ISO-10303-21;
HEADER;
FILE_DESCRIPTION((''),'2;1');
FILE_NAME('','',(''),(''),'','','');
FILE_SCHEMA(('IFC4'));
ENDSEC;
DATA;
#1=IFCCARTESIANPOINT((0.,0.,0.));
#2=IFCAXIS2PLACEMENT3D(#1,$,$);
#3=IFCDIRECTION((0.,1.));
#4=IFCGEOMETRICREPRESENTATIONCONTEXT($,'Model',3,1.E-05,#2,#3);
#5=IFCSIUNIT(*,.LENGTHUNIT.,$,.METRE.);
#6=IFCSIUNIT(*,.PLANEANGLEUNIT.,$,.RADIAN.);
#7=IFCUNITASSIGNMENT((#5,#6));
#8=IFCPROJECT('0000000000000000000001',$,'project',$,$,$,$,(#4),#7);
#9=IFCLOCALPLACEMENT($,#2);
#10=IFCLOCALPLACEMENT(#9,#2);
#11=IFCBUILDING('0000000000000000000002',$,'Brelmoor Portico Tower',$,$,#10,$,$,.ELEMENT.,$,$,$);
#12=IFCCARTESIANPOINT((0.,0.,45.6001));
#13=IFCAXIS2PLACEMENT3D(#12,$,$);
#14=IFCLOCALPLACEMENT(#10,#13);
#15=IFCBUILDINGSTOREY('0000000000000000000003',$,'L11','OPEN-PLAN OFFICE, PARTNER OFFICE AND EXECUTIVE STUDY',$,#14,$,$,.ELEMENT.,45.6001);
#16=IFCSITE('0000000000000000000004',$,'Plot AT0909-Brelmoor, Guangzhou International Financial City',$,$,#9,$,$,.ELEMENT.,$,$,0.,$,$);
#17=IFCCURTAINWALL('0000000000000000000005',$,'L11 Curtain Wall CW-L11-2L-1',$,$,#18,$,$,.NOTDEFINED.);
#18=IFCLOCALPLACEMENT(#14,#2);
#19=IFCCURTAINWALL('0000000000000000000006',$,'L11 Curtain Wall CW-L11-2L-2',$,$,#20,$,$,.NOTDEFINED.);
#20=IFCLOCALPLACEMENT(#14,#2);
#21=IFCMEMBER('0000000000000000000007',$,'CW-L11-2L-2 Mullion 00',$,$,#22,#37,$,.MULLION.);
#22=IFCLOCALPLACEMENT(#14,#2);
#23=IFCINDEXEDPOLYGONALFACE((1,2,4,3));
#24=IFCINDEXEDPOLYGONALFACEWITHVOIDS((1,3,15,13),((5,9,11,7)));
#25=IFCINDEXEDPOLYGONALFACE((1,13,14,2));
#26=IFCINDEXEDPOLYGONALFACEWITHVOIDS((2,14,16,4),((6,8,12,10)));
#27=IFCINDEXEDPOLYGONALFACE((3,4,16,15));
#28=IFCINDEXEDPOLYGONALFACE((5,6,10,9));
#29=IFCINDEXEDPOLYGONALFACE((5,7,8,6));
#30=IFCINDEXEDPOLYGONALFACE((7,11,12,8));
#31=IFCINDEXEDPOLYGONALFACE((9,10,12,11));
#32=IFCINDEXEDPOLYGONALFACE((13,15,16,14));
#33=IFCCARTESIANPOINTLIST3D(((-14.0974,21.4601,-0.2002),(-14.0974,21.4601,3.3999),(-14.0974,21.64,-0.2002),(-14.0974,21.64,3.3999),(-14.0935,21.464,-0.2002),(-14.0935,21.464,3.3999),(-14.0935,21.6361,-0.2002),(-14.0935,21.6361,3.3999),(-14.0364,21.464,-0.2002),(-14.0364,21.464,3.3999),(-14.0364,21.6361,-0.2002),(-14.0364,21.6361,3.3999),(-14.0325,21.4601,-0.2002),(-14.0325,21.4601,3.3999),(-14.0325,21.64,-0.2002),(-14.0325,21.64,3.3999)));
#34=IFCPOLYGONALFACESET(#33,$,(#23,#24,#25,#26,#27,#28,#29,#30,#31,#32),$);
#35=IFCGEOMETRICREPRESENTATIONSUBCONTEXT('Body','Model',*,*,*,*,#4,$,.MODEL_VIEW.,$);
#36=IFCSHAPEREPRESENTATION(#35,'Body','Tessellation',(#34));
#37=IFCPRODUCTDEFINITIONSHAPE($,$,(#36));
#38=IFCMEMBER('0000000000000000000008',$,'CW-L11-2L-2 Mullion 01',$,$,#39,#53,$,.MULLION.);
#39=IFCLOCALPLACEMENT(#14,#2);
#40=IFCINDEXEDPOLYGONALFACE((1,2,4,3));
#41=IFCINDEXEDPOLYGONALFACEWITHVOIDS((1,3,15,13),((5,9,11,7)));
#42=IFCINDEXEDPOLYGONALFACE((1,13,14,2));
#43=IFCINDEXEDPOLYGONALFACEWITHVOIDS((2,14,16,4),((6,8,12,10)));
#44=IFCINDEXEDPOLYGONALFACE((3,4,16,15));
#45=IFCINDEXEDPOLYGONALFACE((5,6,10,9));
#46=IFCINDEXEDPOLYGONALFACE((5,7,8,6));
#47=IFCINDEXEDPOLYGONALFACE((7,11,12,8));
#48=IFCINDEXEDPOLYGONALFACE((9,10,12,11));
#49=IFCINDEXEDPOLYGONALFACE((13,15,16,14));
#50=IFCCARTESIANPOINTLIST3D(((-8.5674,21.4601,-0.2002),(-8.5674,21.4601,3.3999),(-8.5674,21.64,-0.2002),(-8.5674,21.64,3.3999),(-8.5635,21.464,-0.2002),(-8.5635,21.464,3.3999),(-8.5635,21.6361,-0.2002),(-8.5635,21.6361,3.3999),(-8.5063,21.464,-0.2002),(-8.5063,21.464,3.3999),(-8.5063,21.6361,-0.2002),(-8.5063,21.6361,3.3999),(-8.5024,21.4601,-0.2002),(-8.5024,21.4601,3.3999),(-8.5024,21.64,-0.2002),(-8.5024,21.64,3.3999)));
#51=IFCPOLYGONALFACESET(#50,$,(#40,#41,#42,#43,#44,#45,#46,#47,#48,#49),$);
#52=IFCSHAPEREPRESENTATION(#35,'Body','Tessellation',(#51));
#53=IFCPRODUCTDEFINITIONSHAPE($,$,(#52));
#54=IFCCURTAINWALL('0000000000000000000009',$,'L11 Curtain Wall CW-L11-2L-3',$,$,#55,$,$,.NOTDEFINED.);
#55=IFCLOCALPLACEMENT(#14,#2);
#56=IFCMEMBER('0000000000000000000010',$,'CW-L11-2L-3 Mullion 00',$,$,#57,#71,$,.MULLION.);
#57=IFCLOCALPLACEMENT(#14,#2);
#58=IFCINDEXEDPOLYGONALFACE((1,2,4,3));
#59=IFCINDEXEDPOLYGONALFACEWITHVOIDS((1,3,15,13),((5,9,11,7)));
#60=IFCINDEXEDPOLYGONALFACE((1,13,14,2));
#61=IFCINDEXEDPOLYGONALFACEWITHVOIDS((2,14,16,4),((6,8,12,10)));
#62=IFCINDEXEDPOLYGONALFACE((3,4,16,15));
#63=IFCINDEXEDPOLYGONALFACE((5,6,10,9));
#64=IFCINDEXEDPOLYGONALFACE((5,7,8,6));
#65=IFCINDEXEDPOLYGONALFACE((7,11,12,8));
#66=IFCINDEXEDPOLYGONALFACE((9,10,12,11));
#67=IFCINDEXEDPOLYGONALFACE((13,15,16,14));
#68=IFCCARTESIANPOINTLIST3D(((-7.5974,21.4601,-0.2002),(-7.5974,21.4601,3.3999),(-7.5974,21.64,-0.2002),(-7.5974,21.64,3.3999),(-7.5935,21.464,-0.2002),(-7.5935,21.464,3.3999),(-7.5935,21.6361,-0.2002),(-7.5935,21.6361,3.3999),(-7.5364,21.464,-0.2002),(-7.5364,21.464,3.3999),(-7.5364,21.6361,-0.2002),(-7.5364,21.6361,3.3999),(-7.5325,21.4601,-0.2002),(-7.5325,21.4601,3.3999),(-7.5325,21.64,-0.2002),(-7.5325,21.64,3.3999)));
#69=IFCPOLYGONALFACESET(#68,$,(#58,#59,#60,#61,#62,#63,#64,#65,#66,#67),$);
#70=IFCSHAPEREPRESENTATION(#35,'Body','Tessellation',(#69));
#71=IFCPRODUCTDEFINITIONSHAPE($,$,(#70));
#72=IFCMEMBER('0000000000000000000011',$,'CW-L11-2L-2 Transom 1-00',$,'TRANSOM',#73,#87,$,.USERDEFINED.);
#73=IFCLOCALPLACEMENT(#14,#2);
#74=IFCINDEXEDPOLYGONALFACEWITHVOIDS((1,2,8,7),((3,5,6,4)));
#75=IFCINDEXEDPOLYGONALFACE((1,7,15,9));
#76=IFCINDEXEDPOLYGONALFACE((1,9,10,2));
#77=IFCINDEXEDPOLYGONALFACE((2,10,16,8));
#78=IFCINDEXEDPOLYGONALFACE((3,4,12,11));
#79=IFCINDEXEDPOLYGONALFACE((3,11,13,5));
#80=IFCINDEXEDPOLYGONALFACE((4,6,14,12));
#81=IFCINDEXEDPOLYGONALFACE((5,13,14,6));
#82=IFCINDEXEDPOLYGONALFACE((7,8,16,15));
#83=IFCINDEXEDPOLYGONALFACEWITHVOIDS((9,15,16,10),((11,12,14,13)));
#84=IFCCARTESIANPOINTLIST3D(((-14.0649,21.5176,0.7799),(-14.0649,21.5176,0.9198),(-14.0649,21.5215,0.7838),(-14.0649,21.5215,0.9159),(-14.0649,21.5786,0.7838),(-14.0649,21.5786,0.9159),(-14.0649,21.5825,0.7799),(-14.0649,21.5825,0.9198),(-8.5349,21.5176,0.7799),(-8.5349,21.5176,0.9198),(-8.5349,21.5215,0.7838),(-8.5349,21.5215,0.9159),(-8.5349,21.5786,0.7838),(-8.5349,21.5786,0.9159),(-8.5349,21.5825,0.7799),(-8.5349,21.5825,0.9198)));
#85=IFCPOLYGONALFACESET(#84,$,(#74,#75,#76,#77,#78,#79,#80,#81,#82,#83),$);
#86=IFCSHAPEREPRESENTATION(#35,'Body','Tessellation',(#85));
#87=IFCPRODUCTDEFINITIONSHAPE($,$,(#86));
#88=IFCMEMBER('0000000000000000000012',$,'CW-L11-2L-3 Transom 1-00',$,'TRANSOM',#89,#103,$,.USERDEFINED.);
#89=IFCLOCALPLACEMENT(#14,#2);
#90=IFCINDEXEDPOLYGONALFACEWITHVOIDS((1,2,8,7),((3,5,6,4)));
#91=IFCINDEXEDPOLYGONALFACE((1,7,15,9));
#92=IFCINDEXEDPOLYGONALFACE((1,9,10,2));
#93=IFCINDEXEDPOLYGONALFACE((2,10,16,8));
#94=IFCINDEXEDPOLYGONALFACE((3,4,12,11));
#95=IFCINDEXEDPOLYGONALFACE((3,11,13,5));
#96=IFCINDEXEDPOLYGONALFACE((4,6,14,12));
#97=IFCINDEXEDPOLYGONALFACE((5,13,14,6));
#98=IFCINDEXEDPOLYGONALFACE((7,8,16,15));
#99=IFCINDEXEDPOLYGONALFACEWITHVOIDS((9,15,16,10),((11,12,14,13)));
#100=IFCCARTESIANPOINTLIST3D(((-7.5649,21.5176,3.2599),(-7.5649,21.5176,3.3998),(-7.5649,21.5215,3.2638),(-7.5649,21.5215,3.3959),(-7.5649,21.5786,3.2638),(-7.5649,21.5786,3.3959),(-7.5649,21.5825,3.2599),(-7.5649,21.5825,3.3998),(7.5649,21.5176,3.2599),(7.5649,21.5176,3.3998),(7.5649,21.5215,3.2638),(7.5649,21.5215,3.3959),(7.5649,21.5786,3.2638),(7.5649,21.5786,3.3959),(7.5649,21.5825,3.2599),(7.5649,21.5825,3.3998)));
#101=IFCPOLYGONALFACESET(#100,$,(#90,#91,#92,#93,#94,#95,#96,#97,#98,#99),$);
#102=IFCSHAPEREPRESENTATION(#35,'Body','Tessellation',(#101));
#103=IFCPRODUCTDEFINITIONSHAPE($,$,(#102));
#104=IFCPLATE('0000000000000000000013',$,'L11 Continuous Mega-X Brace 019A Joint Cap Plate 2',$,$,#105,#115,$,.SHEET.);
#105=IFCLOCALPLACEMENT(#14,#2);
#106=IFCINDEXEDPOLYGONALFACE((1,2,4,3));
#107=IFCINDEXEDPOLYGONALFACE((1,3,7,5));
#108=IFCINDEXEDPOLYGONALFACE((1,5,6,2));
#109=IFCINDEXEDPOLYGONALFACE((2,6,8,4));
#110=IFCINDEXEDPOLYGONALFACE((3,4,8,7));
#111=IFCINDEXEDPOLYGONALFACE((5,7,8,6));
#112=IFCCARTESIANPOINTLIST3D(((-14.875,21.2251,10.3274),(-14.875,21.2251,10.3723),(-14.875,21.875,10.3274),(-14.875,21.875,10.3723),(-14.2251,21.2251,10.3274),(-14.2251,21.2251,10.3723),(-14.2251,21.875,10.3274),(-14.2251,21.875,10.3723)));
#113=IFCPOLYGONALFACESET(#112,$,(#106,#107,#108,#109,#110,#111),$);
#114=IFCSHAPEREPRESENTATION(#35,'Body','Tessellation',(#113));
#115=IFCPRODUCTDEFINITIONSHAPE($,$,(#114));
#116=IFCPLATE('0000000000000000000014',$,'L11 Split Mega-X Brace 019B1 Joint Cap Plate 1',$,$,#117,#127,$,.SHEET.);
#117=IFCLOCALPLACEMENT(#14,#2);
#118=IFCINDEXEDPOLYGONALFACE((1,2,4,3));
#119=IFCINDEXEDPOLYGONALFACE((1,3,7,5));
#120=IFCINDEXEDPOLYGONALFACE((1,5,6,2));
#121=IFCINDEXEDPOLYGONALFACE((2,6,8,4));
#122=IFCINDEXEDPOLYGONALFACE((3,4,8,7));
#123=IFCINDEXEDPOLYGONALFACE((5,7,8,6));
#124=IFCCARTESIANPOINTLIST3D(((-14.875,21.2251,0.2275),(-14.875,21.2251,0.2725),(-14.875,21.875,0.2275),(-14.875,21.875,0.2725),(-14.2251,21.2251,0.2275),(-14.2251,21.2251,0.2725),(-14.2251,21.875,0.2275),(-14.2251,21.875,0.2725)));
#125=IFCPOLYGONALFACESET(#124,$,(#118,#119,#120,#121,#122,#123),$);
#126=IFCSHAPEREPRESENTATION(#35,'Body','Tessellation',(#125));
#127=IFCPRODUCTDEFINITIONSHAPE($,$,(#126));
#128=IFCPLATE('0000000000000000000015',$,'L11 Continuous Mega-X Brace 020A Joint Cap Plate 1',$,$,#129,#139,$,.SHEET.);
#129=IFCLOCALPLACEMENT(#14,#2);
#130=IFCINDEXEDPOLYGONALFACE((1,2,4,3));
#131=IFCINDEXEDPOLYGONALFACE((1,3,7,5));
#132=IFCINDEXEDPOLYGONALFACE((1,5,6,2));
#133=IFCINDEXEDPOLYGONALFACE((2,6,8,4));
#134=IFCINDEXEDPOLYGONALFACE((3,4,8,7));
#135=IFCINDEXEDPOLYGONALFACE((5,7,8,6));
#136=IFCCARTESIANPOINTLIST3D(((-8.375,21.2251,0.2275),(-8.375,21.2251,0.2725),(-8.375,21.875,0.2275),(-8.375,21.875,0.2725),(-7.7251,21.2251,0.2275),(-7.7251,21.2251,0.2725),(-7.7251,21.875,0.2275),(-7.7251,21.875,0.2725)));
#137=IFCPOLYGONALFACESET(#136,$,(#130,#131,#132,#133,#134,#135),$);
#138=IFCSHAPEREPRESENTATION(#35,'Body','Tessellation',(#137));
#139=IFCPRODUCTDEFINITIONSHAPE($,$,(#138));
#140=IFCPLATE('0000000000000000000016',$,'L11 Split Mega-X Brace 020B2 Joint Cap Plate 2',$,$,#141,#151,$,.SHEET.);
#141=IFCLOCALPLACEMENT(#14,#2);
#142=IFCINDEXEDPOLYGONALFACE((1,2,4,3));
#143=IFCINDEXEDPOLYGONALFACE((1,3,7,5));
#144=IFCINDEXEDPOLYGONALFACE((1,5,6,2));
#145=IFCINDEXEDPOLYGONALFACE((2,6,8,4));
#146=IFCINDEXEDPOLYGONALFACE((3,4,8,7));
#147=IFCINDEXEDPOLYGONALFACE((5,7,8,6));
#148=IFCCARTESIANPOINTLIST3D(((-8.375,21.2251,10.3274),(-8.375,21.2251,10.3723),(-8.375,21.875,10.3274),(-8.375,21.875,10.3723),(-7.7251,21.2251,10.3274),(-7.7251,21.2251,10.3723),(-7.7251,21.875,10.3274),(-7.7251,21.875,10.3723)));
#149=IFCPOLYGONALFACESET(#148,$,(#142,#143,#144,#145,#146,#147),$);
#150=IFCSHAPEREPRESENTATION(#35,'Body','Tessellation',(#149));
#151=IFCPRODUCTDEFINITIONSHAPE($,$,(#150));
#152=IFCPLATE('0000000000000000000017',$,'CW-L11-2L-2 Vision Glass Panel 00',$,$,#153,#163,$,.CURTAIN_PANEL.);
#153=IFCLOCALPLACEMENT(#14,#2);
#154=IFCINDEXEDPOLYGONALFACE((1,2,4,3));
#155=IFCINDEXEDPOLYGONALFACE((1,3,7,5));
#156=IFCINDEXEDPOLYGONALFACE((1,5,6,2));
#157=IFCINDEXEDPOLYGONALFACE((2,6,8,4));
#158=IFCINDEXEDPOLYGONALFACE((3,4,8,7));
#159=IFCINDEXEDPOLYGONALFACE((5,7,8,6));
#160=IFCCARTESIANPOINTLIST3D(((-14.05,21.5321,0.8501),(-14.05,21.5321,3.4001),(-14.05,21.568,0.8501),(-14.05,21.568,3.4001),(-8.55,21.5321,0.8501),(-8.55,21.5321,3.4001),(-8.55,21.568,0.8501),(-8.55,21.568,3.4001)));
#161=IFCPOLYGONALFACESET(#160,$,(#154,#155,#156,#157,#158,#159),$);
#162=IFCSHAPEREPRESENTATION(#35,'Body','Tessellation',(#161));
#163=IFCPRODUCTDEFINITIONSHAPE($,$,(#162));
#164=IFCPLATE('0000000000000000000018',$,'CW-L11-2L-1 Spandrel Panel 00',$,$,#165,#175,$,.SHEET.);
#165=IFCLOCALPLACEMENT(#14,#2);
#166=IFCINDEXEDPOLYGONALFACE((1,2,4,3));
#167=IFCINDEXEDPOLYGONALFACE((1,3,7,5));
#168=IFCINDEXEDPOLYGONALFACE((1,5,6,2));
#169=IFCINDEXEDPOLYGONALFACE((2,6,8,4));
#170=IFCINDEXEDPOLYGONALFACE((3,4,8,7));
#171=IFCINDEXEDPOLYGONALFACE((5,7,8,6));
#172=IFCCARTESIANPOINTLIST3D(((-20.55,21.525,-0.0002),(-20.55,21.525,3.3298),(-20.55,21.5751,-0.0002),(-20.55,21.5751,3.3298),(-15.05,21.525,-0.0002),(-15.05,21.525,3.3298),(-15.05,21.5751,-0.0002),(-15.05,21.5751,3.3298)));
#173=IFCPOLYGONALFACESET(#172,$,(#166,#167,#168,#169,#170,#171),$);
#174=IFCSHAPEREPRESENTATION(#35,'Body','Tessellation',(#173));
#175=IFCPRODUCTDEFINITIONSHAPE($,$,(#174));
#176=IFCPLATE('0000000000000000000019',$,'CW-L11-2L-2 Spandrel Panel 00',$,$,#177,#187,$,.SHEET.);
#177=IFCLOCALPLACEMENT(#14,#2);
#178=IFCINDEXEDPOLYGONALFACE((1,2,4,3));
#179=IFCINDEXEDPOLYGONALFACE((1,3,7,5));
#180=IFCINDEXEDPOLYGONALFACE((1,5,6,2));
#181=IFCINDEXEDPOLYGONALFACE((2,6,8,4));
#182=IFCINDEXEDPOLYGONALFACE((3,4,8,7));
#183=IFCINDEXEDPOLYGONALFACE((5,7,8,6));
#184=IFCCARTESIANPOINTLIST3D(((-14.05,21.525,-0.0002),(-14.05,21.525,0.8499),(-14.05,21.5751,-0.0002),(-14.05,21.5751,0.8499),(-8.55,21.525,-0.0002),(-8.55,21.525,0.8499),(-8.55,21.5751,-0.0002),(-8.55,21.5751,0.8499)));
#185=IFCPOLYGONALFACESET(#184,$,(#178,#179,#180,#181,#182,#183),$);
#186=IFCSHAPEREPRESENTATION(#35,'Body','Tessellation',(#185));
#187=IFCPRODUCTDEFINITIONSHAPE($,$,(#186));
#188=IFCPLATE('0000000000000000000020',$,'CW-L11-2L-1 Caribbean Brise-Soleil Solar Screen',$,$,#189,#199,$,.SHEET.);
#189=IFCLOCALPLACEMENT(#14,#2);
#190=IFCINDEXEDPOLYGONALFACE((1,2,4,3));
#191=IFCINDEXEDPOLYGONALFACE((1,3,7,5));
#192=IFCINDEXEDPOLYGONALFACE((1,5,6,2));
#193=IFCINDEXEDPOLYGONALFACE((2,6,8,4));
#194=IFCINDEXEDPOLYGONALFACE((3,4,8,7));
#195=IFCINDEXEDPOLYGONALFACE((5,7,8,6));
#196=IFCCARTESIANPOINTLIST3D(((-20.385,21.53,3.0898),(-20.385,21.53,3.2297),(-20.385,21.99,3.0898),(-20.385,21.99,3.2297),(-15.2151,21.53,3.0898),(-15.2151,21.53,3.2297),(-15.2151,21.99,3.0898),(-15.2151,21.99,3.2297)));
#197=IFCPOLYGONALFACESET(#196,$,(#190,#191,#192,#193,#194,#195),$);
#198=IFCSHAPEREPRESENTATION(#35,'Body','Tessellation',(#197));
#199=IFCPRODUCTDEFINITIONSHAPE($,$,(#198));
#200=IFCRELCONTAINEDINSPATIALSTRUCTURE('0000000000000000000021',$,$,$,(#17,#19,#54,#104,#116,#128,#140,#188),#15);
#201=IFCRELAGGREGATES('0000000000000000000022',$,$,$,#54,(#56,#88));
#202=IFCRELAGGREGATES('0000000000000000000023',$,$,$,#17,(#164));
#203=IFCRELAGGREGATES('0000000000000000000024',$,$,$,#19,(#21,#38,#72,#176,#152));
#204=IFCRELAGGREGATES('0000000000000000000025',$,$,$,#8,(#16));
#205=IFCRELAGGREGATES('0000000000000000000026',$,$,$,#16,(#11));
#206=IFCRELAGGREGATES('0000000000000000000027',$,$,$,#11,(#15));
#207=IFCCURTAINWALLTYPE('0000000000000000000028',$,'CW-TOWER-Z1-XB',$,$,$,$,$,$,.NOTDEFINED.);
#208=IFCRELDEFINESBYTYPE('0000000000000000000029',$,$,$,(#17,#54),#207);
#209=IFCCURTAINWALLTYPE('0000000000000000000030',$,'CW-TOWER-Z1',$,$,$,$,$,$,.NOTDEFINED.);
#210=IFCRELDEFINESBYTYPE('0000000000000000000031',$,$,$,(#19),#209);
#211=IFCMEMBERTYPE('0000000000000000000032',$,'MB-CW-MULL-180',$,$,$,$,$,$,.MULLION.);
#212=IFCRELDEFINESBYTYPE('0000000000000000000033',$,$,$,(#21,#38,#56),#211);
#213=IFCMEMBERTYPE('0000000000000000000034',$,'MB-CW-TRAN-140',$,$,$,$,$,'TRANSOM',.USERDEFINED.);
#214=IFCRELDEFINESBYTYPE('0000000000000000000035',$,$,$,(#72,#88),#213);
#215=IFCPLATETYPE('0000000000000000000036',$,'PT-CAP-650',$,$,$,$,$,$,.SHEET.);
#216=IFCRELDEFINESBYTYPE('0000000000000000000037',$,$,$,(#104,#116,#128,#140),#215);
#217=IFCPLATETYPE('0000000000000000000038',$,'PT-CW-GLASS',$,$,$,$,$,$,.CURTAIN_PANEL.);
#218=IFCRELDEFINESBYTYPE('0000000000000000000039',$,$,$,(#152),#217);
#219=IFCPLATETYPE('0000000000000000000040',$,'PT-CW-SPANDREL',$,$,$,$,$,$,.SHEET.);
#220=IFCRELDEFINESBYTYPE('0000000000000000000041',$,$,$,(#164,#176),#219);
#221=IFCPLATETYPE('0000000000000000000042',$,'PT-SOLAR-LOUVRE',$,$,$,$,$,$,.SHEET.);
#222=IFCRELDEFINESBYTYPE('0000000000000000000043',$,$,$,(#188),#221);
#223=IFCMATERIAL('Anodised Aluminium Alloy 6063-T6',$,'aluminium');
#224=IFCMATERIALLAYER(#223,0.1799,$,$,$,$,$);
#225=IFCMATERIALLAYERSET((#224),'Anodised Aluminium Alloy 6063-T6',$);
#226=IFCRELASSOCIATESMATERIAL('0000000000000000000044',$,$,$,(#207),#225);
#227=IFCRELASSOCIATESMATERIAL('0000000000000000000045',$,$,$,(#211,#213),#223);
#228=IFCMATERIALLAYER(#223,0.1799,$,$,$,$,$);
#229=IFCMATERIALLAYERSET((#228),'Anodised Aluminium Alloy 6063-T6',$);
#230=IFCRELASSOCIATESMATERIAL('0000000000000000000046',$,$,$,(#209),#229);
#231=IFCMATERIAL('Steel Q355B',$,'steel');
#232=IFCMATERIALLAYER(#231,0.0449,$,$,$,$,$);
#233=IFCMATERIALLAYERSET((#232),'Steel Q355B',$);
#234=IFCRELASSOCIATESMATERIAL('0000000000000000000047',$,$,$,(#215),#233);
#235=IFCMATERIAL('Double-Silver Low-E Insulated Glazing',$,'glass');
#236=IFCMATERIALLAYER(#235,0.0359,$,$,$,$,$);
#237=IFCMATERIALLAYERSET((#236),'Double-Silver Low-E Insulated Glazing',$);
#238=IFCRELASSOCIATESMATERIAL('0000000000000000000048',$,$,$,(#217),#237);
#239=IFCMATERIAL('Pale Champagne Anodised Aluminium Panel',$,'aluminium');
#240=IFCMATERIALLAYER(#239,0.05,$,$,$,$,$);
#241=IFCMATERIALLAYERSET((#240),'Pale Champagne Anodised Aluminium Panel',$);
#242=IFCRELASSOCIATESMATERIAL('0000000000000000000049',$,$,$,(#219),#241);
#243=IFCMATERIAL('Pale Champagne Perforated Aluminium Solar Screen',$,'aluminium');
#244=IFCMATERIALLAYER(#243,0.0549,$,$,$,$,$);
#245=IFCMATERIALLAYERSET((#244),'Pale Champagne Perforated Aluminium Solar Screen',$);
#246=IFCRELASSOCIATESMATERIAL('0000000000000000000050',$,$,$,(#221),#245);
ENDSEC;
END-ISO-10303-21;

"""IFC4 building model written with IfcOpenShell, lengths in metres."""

from ifc_helpers import new_model, si_unit, direction, frame, origin, origin_2d, place, context, subcontext, project, spatial, rectangle, hollow_rectangle, extrude, material, layer, layer_set, material_profile, profile_set, type_object, element, aggregate, save


model = new_model("IFC4")

# Units and contexts
model_context = context("Model", 3, precision=1e-05, world=origin(), true_north=direction((0.0, 1.0)))
body_context = subcontext(model_context, "Body", "Model", "MODEL_VIEW")
ifc_project = project(units=[si_unit("LENGTHUNIT", "METRE"), si_unit("PLANEANGLEUNIT", "RADIAN")], contexts=[model_context])

# Site, building, storey
site_placement = place(None, origin())
site = spatial("IfcSite", under=ifc_project, at=site_placement, Name="Plot AT0909-Brelmoor, Guangzhou International Financial City", CompositionType="ELEMENT", RefElevation=0.0)
building_placement = place(site_placement, origin())
building = spatial("IfcBuilding", under=site, at=building_placement, Name="Brelmoor Portico Tower", CompositionType="ELEMENT")
storey_placement = place(building_placement, frame((0.0, 0.0, 45.6001)))
storey = spatial("IfcBuildingStorey", under=building, at=storey_placement, Name="L11", Description="OPEN-PLAN OFFICE, PARTNER OFFICE AND EXECUTIVE STUDY", CompositionType="ELEMENT", Elevation=45.6001)

# Shared definitions
ifc_material_1 = material(Name="Steel Q355B", Category="steel")

# Curtain wall
ifc_material_2 = material(Name="Anodised Aluminium Alloy 6063-T6", Category="aluminium")
ifc_layer_1 = layer(ifc_material_2, 0.1799)
ifc_layer_set_1 = layer_set([ifc_layer_1], Name="Anodised Aluminium Alloy 6063-T6")
curtain_wall_type_1 = type_object("IfcCurtainWallType", Name="CW-TOWER-Z1-XB", PredefinedType="NOTDEFINED", material=ifc_layer_set_1)
curtain_wall_1_placement = place(storey_placement, origin())
curtain_wall_1 = element("IfcCurtainWall", 1, at=curtain_wall_1_placement, inside=storey, type_object=curtain_wall_type_1, Name="L11 Curtain Wall CW-L11-2L-1", PredefinedType="NOTDEFINED")
ifc_material_profile_1 = material_profile(ifc_material_2, hollow_rectangle(XDim=0.0649, YDim=0.1799, WallThickness=0.0039, at=origin_2d()), Name="ALU MULLION 65x180")
ifc_profile_set_1 = profile_set([ifc_material_profile_1], Name="Anodised Aluminium Alloy 6063-T6")
member_type_1 = type_object("IfcMemberType", Name="MB-CW-MULL-180", PredefinedType="MULLION", material=ifc_profile_set_1)

# Curtain wall, members
ifc_layer_2 = layer(ifc_material_2, 0.1799)
ifc_layer_set_2 = layer_set([ifc_layer_2], Name="Anodised Aluminium Alloy 6063-T6")
curtain_wall_type_2 = type_object("IfcCurtainWallType", Name="CW-TOWER-Z1", PredefinedType="NOTDEFINED", material=ifc_layer_set_2)
curtain_wall_2_placement = place(storey_placement, origin())
curtain_wall_2 = element("IfcCurtainWall", 2, at=curtain_wall_2_placement, inside=storey, type_object=curtain_wall_type_2, Name="L11 Curtain Wall CW-L11-2L-2", PredefinedType="NOTDEFINED")
member_1_placement = place(storey_placement, frame((-14.0649, 21.55, -0.2002), z_axis=(0.0, 0.0, 1.0), x_axis=(1.0, 0.0, 0.0)))
member_1 = element("IfcMember", 3, at=member_1_placement, type_object=member_type_1, Name="CW-L11-2L-2 Mullion 00", PredefinedType="MULLION", context=body_context, shape_type="SweptSolid", body=[
    extrude(hollow_rectangle(XDim=0.0649, YDim=0.1799, WallThickness=0.0039, at=origin_2d()), origin(), (0.0, 0.0, 1.0), 3.6001),
])
member_2_placement = place(storey_placement, frame((-8.5349, 21.55, -0.2002), z_axis=(0.0, 0.0, 1.0), x_axis=(1.0, 0.0, 0.0)))
member_2 = element("IfcMember", 4, at=member_2_placement, type_object=member_type_1, Name="CW-L11-2L-2 Mullion 01", PredefinedType="MULLION", context=body_context, shape_type="SweptSolid", body=[
    extrude(hollow_rectangle(XDim=0.0649, YDim=0.1799, WallThickness=0.0039, at=origin_2d()), origin(), (0.0, 0.0, 1.0), 3.6001),
])

# Curtain wall, member
curtain_wall_3_placement = place(storey_placement, origin())
curtain_wall_3 = element("IfcCurtainWall", 5, at=curtain_wall_3_placement, inside=storey, type_object=curtain_wall_type_1, Name="L11 Curtain Wall CW-L11-2L-3", PredefinedType="NOTDEFINED")
member_3_placement = place(storey_placement, frame((-7.5649, 21.55, -0.2002), z_axis=(0.0, 0.0, 1.0), x_axis=(1.0, 0.0, 0.0)))
member_3 = element("IfcMember", 6, at=member_3_placement, type_object=member_type_1, Name="CW-L11-2L-3 Mullion 00", PredefinedType="MULLION", context=body_context, shape_type="SweptSolid", body=[
    extrude(hollow_rectangle(XDim=0.0649, YDim=0.1799, WallThickness=0.0039, at=origin_2d()), origin(), (0.0, 0.0, 1.0), 3.6001),
])

# Members
ifc_material_profile_2 = material_profile(ifc_material_2, hollow_rectangle(XDim=0.0649, YDim=0.1399, WallThickness=0.0039, at=origin_2d()), Name="ALU TRANSOM 65x140")
ifc_profile_set_2 = profile_set([ifc_material_profile_2], Name="Anodised Aluminium Alloy 6063-T6")
member_type_2 = type_object("IfcMemberType", Name="MB-CW-TRAN-140", ElementType="TRANSOM", PredefinedType="USERDEFINED", material=ifc_profile_set_2)
member_4_placement = place(storey_placement, frame((-14.0649, 21.55, 0.8499), z_axis=(1.0, 0.0, 0.0), x_axis=(0.0, 1.0, 0.0)))
member_4 = element("IfcMember", 7, at=member_4_placement, type_object=member_type_2, Name="CW-L11-2L-2 Transom 1-00", ObjectType="TRANSOM", PredefinedType="USERDEFINED", context=body_context, shape_type="SweptSolid", body=[
    extrude(hollow_rectangle(XDim=0.0649, YDim=0.1399, WallThickness=0.0039, at=origin_2d()), origin(), (0.0, 0.0, 1.0), 5.53),
])
member_5_placement = place(storey_placement, frame((-7.5649, 21.55, 3.3298), z_axis=(1.0, 0.0, 0.0), x_axis=(0.0, 1.0, 0.0)))
member_5 = element("IfcMember", 8, at=member_5_placement, type_object=member_type_2, Name="CW-L11-2L-3 Transom 1-00", ObjectType="TRANSOM", PredefinedType="USERDEFINED", context=body_context, shape_type="SweptSolid", body=[
    extrude(hollow_rectangle(XDim=0.0649, YDim=0.1399, WallThickness=0.0039, at=origin_2d()), origin(), (0.0, 0.0, 1.0), 15.1299),
])
aggregate(curtain_wall_3, [member_3, member_5])

# Plates
ifc_layer_3 = layer(ifc_material_1, 0.0449)
ifc_layer_set_3 = layer_set([ifc_layer_3], Name="Steel Q355B")
plate_type_1 = type_object("IfcPlateType", Name="PT-CAP-650", PredefinedType="SHEET", material=ifc_layer_set_3)
for number, where, z_axis, x_axis, name in (
    (9, (-14.55, 21.55, 10.3274), (0.0, 0.0, 1.0), (1.0, 0.0, 0.0), "L11 Continuous Mega-X Brace 019A Joint Cap Plate 2"),
    (10, (-14.55, 21.55, 0.2275), (0.0, 0.0, 1.0), (1.0, 0.0, 0.0), "L11 Split Mega-X Brace 019B1 Joint Cap Plate 1"),
    (11, (-8.05, 21.55, 0.2275), (0.0, 0.0, 1.0), (1.0, 0.0, 0.0), "L11 Continuous Mega-X Brace 020A Joint Cap Plate 1"),
    (12, (-8.05, 21.55, 10.3274), (0.0, 0.0, 1.0), (1.0, 0.0, 0.0), "L11 Split Mega-X Brace 020B2 Joint Cap Plate 2"),
):
    element("IfcPlate", number, at=place(storey_placement, frame(where, z_axis=z_axis, x_axis=x_axis)), inside=storey, type_object=plate_type_1, Name=name, PredefinedType="SHEET", context=body_context, shape_type="SweptSolid", body=[
        extrude(rectangle(XDim=0.6499, YDim=0.6499, at=origin_2d()), origin(), (0.0, 0.0, 1.0), 0.0449),
    ])

# Plates
ifc_material_3 = material(Name="Double-Silver Low-E Insulated Glazing", Category="glass")
ifc_layer_4 = layer(ifc_material_3, 0.0359)
ifc_layer_set_4 = layer_set([ifc_layer_4], Name="Double-Silver Low-E Insulated Glazing")
plate_type_2 = type_object("IfcPlateType", Name="PT-CW-GLASS", PredefinedType="CURTAIN_PANEL", material=ifc_layer_set_4)
plate_1_placement = place(storey_placement, frame((-11.3, 21.55, 0.8501), z_axis=(0.0, 0.0, 1.0), x_axis=(1.0, 0.0, 0.0)))
plate_1 = element("IfcPlate", 13, at=plate_1_placement, type_object=plate_type_2, Name="CW-L11-2L-2 Vision Glass Panel 00", PredefinedType="CURTAIN_PANEL", context=body_context, shape_type="SweptSolid", body=[
    extrude(rectangle(XDim=5.5, YDim=0.0359, at=origin_2d()), origin(), (0.0, 0.0, 1.0), 2.55),
])
ifc_material_4 = material(Name="Pale Champagne Anodised Aluminium Panel", Category="aluminium")
ifc_layer_5 = layer(ifc_material_4, 0.05)
ifc_layer_set_5 = layer_set([ifc_layer_5], Name="Pale Champagne Anodised Aluminium Panel")
plate_type_3 = type_object("IfcPlateType", Name="PT-CW-SPANDREL", PredefinedType="SHEET", material=ifc_layer_set_5)
plate_2_placement = place(storey_placement, frame((-17.8, 21.55, -0.0002), z_axis=(0.0, 0.0, 1.0), x_axis=(1.0, 0.0, 0.0)))
plate_2 = element("IfcPlate", 14, at=plate_2_placement, type_object=plate_type_3, Name="CW-L11-2L-1 Spandrel Panel 00", PredefinedType="SHEET", context=body_context, shape_type="SweptSolid", body=[
    extrude(rectangle(XDim=5.5, YDim=0.05, at=origin_2d()), origin(), (0.0, 0.0, 1.0), 3.3301),
])
aggregate(curtain_wall_1, [plate_2])
plate_3_placement = place(storey_placement, frame((-11.3, 21.55, -0.0002), z_axis=(0.0, 0.0, 1.0), x_axis=(1.0, 0.0, 0.0)))
plate_3 = element("IfcPlate", 15, at=plate_3_placement, type_object=plate_type_3, Name="CW-L11-2L-2 Spandrel Panel 00", PredefinedType="SHEET", context=body_context, shape_type="SweptSolid", body=[
    extrude(rectangle(XDim=5.5, YDim=0.05, at=origin_2d()), origin(), (0.0, 0.0, 1.0), 0.8501),
])
aggregate(curtain_wall_2, [member_1, member_2, member_4, plate_3, plate_1])

# Plate
ifc_material_5 = material(Name="Pale Champagne Perforated Aluminium Solar Screen", Category="aluminium")
ifc_layer_6 = layer(ifc_material_5, 0.0549)
ifc_layer_set_6 = layer_set([ifc_layer_6], Name="Pale Champagne Perforated Aluminium Solar Screen")
plate_type_4 = type_object("IfcPlateType", Name="PT-SOLAR-LOUVRE", PredefinedType="SHEET", material=ifc_layer_set_6)
for number, where, z_axis, x_axis, name in (
    (16, (-17.8, 21.76, 3.0898), (0.0, 0.0, 1.0), (1.0, 0.0, 0.0), "CW-L11-2L-1 Caribbean Brise-Soleil Solar Screen"),
):
    element("IfcPlate", number, at=place(storey_placement, frame(where, z_axis=z_axis, x_axis=x_axis)), inside=storey, type_object=plate_type_4, Name=name, PredefinedType="SHEET", context=body_context, shape_type="SweptSolid", body=[
        extrude(rectangle(XDim=5.1699, YDim=0.46, at=origin_2d()), origin(), (0.0, 0.0, 1.0), 0.1399),
    ])

save(model, "model.ifc")
